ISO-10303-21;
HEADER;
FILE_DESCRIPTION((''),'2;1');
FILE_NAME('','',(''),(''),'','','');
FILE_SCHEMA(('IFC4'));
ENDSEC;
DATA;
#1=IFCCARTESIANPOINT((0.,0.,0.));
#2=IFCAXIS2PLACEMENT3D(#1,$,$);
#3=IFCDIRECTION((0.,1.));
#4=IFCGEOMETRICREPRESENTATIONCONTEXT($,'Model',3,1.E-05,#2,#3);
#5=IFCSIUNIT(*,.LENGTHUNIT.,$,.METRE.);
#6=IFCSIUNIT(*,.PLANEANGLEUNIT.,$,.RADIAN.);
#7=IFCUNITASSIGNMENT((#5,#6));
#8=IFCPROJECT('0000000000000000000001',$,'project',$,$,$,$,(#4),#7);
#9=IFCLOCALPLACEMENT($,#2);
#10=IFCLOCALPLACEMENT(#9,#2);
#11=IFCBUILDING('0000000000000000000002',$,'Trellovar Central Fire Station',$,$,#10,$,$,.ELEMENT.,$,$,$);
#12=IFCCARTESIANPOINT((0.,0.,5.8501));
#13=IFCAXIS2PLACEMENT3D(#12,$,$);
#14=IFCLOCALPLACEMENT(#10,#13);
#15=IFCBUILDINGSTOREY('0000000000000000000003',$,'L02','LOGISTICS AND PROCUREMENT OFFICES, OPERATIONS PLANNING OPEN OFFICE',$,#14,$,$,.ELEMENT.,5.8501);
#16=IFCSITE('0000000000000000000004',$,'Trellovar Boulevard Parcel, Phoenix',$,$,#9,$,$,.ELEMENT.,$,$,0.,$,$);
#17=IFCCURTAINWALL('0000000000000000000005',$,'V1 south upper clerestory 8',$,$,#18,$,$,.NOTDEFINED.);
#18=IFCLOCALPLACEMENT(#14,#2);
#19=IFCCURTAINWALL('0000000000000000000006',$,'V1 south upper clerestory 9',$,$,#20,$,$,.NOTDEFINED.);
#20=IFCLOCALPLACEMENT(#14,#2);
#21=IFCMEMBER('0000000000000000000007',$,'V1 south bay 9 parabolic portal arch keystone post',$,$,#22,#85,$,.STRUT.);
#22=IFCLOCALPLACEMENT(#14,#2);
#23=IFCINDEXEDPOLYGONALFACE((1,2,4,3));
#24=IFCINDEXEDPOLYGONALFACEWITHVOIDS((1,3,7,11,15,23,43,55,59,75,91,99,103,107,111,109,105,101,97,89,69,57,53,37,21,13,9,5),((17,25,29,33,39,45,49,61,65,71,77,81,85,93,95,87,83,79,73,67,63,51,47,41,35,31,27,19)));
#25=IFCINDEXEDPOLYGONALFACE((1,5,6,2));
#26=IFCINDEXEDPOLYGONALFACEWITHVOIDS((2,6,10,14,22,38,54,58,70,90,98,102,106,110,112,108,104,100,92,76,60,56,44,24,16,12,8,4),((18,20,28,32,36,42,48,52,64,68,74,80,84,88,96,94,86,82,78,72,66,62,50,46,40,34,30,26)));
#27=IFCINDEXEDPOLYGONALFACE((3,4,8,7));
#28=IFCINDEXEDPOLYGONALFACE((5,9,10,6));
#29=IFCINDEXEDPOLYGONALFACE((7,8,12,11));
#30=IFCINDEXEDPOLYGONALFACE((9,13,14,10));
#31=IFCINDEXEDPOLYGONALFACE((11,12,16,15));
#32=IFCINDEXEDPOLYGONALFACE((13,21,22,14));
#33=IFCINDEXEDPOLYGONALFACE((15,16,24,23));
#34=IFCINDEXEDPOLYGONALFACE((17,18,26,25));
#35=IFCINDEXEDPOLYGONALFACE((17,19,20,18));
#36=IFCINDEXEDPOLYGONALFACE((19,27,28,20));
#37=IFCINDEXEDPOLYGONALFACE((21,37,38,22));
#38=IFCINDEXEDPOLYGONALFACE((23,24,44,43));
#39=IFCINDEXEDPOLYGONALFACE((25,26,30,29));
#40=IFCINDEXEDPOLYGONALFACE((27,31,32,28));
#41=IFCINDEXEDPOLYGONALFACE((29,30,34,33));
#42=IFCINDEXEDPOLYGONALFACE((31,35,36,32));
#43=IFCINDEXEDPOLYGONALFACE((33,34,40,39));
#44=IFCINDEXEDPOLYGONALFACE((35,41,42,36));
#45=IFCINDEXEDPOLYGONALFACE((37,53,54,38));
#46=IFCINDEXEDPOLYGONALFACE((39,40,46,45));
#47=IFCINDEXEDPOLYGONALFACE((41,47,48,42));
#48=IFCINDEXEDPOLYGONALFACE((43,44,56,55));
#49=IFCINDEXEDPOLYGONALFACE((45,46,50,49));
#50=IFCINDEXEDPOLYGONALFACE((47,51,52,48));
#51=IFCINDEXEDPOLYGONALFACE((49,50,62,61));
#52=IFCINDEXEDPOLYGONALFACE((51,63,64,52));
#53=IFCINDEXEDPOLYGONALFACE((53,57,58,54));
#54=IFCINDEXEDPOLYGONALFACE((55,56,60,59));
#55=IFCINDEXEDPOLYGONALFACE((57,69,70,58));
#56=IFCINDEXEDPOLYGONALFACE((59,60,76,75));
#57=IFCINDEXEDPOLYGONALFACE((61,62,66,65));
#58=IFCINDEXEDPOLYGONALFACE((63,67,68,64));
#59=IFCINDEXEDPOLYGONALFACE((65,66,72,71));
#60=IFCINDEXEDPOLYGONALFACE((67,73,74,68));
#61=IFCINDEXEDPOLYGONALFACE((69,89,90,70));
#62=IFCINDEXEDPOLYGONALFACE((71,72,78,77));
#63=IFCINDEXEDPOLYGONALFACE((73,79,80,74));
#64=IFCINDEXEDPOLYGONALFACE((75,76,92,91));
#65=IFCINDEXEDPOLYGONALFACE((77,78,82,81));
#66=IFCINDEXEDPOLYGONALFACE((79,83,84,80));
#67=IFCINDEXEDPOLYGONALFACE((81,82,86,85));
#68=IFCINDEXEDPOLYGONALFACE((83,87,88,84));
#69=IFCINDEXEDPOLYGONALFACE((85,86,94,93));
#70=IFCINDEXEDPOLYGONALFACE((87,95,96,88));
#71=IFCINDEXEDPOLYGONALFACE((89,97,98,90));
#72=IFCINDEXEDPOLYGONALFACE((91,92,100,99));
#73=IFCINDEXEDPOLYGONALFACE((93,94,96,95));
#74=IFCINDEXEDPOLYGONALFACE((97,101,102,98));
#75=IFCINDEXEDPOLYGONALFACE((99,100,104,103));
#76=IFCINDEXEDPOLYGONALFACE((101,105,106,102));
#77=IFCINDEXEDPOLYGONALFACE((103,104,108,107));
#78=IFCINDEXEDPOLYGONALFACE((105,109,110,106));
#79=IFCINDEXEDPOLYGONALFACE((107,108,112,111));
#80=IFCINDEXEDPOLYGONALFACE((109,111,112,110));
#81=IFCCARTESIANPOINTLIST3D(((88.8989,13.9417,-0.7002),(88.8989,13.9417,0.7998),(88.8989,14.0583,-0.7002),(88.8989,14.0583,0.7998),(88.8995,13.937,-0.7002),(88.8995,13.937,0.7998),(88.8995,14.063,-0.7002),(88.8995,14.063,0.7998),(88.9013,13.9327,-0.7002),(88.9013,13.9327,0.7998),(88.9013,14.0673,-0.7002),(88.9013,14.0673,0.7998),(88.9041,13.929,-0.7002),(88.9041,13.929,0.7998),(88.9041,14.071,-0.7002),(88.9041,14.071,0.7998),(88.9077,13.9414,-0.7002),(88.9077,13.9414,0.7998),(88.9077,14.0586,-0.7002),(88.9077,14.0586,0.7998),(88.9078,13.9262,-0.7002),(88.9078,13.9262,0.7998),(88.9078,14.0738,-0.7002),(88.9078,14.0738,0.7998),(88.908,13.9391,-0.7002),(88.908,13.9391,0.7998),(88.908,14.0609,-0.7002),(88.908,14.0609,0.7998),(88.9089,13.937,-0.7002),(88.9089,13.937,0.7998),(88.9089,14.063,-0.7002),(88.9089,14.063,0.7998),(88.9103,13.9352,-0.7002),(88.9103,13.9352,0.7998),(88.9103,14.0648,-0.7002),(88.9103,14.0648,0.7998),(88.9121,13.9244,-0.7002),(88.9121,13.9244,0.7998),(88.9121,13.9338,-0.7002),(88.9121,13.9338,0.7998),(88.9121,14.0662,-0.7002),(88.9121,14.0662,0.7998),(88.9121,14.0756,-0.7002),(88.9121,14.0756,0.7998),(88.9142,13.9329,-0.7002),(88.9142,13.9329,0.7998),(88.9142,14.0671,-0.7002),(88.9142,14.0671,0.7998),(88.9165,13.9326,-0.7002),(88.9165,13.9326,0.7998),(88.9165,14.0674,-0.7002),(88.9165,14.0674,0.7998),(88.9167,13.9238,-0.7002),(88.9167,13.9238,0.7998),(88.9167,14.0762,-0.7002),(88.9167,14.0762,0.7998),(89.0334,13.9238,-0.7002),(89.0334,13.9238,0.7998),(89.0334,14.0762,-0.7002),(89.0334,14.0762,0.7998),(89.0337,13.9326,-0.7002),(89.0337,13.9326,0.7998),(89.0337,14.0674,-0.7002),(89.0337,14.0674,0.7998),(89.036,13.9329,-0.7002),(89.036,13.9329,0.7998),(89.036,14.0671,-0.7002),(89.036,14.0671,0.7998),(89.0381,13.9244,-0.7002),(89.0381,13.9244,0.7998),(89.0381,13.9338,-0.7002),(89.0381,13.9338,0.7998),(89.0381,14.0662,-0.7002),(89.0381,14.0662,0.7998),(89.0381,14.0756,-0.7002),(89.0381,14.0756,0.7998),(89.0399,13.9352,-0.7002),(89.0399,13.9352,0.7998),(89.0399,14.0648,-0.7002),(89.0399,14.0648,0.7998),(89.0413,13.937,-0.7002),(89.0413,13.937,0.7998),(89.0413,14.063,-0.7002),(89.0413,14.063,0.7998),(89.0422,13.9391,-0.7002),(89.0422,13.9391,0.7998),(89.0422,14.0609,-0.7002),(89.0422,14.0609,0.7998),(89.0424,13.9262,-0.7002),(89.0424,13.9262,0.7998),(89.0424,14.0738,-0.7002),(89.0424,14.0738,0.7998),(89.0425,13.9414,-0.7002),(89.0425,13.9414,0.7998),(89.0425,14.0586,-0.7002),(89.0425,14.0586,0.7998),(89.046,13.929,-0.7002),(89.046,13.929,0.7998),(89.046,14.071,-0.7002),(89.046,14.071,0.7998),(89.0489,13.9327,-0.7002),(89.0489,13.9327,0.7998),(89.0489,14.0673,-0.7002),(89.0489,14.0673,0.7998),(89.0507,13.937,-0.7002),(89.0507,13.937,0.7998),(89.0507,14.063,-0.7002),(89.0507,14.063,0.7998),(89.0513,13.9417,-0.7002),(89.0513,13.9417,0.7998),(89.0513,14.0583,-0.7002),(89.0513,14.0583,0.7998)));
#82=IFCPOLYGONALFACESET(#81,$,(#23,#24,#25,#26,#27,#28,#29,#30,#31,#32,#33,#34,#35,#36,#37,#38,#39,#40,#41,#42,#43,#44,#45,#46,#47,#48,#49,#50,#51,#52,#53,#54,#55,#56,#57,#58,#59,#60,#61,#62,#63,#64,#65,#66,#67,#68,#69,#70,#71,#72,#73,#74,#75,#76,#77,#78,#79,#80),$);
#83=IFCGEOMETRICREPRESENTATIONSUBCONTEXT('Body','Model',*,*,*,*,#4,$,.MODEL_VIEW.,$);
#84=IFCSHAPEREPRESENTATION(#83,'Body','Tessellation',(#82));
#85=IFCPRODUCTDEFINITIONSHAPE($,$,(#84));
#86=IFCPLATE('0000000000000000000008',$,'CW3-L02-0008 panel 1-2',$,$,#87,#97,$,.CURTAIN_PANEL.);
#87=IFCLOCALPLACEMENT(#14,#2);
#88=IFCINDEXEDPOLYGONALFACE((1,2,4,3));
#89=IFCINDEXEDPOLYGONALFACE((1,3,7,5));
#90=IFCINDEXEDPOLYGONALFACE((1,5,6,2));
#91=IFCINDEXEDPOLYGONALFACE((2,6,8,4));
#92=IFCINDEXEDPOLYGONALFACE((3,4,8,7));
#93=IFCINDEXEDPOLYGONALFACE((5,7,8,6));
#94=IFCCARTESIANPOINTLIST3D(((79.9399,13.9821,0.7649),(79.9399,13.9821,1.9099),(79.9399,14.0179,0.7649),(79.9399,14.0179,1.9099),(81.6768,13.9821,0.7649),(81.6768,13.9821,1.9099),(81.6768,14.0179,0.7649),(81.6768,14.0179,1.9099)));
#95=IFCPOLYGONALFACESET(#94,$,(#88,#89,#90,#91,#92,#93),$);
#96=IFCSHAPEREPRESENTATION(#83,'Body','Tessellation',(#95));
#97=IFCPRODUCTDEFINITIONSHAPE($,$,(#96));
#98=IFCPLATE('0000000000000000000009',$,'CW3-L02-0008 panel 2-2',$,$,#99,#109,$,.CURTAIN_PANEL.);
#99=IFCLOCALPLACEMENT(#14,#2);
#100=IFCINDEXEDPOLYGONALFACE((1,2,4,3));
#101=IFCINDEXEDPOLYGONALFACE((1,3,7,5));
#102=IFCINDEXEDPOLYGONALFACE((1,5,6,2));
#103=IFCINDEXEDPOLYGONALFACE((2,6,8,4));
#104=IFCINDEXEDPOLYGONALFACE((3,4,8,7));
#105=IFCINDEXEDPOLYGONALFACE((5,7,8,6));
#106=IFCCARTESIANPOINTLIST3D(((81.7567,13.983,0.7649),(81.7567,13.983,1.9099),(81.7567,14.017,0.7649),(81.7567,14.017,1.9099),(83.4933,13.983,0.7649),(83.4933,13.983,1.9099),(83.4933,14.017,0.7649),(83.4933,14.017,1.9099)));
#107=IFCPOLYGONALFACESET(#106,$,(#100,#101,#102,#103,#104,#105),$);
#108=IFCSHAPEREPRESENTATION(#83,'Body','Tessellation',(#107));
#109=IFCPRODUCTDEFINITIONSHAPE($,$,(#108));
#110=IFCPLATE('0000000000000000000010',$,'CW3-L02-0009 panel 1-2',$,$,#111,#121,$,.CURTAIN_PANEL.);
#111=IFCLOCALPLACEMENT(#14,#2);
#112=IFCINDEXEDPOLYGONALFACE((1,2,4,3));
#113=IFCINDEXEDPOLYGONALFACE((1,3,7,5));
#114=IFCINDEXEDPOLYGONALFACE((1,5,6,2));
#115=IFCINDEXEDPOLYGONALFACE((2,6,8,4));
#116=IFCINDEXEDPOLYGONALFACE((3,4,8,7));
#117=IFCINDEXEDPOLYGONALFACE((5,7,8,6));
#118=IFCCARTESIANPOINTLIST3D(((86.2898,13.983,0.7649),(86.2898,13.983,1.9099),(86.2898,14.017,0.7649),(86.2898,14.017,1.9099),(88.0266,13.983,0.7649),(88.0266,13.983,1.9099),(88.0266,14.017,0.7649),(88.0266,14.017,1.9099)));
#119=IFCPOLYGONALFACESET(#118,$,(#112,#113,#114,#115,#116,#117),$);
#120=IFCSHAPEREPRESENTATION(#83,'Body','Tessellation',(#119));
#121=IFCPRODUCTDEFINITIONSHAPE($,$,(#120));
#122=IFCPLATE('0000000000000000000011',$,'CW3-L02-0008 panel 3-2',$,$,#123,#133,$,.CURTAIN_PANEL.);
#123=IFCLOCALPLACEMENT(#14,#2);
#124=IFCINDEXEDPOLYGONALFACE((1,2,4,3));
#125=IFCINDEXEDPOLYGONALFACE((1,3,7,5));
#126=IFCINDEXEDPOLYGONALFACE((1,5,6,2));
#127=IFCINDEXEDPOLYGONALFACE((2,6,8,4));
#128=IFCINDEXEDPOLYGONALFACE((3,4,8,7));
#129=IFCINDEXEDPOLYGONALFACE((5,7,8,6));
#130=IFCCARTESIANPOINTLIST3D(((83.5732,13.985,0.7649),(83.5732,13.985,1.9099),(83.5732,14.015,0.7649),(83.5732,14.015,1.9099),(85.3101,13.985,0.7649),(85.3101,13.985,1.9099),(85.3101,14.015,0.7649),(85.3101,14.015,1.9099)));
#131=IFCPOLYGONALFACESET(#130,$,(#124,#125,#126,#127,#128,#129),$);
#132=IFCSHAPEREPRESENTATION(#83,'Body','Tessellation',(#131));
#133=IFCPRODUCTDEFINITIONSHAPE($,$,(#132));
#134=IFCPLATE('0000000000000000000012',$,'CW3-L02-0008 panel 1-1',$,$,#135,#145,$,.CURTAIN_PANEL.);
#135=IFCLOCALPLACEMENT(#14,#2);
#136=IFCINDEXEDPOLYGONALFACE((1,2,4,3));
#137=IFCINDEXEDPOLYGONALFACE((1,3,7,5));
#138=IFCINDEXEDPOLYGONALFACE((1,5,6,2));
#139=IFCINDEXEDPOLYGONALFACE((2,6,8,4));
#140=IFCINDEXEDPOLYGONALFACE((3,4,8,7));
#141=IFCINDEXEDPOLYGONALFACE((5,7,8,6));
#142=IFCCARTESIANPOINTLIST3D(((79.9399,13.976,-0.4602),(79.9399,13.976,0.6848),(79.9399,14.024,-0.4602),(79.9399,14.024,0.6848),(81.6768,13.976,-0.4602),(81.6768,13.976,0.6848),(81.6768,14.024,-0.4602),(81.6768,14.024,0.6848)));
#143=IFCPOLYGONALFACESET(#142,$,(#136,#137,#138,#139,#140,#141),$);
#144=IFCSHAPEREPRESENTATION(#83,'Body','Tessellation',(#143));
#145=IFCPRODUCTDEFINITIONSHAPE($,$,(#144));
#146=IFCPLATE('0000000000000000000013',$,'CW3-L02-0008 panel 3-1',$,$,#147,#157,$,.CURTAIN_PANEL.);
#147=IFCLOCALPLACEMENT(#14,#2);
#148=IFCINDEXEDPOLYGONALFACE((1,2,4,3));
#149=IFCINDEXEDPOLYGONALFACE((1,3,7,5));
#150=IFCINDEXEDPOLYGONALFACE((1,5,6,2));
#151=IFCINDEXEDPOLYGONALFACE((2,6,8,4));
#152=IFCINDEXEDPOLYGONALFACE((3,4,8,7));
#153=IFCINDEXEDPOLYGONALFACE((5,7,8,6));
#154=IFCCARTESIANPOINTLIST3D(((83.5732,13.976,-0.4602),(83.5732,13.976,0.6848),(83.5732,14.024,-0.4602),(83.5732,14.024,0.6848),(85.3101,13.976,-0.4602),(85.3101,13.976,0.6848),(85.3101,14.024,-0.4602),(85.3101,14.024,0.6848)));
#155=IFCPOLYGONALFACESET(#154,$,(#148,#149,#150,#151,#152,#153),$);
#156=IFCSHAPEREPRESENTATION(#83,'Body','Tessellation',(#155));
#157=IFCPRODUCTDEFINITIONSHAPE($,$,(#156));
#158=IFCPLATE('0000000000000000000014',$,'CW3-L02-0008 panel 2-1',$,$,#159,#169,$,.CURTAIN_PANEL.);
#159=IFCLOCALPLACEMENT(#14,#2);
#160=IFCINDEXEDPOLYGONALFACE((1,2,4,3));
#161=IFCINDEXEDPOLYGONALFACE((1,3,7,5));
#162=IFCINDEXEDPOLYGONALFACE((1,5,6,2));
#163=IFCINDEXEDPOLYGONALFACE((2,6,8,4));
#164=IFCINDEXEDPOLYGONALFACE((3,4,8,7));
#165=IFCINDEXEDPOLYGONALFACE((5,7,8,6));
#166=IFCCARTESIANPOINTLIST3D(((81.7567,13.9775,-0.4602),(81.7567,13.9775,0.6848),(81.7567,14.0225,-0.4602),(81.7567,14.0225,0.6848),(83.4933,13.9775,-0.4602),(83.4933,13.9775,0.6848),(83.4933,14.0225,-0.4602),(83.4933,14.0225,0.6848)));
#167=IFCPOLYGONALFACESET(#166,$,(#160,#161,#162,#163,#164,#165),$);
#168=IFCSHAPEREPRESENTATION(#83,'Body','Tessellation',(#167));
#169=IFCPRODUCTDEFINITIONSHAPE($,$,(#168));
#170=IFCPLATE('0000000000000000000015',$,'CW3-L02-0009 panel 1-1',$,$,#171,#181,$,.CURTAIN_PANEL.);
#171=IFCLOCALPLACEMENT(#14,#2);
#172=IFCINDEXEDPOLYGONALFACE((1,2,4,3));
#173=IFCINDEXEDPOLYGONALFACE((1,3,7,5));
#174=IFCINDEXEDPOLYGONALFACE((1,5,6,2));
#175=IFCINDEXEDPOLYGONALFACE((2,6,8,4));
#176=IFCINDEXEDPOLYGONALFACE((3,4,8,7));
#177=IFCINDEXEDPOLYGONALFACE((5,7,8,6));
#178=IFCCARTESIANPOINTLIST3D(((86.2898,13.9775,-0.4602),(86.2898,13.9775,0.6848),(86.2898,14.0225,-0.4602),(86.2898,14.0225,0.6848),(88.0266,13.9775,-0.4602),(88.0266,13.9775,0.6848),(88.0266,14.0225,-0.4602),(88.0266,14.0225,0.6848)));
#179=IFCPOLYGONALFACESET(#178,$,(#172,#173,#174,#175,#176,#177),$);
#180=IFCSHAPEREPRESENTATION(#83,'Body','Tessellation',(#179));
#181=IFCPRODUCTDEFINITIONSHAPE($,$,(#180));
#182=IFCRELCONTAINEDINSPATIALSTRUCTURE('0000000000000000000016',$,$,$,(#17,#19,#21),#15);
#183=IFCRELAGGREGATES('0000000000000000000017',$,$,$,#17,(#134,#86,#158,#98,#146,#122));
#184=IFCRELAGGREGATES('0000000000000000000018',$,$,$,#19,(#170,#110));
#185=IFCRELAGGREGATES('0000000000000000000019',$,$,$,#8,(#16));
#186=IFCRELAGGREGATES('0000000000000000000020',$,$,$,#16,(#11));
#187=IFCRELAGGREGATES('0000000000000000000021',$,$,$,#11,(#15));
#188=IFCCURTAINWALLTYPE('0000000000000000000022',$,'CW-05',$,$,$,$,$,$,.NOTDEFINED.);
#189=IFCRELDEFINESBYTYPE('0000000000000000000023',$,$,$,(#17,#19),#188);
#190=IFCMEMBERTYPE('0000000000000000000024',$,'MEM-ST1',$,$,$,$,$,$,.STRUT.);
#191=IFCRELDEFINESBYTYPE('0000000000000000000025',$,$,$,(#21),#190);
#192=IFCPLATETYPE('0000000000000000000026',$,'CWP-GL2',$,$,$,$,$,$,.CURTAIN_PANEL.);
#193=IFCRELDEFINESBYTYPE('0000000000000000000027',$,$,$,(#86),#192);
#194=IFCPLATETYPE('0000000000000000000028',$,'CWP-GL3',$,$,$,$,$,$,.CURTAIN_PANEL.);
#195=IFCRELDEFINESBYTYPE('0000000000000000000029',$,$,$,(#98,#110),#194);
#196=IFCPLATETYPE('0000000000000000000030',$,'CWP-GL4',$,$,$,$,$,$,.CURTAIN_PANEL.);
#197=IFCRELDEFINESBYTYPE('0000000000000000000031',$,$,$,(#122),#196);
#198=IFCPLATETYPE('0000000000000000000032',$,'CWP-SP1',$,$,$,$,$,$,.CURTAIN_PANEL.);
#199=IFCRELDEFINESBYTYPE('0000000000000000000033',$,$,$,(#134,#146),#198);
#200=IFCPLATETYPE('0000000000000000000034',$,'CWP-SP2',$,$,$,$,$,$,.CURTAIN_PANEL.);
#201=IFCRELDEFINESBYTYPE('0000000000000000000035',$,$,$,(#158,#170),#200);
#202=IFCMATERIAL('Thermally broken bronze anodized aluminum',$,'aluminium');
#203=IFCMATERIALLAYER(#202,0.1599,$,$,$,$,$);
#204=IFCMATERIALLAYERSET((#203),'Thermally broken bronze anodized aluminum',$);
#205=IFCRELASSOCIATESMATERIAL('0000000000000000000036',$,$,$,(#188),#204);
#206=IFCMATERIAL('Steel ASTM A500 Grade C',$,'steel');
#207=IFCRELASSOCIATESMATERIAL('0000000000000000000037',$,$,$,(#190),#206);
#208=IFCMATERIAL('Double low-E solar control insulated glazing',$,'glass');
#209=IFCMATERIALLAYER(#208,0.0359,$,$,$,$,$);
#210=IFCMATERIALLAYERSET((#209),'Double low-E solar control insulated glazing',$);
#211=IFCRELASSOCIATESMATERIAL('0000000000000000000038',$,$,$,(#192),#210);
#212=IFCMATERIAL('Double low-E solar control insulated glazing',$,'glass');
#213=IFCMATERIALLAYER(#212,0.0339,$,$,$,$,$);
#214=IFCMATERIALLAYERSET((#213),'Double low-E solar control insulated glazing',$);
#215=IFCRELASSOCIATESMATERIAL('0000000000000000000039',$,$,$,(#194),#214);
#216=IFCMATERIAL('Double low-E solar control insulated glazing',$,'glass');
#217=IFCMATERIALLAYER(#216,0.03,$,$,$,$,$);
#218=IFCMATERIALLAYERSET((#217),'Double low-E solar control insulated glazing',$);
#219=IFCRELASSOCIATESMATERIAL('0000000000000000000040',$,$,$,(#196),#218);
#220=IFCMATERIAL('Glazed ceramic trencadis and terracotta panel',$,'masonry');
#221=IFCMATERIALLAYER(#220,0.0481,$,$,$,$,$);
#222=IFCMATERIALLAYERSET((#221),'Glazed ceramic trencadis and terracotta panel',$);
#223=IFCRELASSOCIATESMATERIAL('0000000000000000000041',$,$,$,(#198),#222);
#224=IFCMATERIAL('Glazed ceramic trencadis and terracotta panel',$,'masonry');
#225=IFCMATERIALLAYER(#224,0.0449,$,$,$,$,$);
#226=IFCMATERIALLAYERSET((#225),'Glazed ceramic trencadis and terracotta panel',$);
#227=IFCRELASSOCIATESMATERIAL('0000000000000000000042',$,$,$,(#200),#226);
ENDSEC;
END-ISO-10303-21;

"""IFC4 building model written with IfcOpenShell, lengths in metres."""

from ifc_helpers import new_model, si_unit, direction, frame, origin, origin_2d, place, context, subcontext, project, spatial, rectangle, hollow_rectangle, extrude, material, layer, layer_set, material_profile, profile_set, type_object, element, aggregate, save


model = new_model("IFC4")

# Units and contexts
model_context = context("Model", 3, precision=1e-05, world=origin(), true_north=direction((0.0, 1.0)))
body_context = subcontext(model_context, "Body", "Model", "MODEL_VIEW")
ifc_project = project(units=[si_unit("LENGTHUNIT", "METRE"), si_unit("PLANEANGLEUNIT", "RADIAN")], contexts=[model_context])

# Site, building, storey
site_placement = place(None, origin())
site = spatial("IfcSite", under=ifc_project, at=site_placement, Name="Trellovar Boulevard Parcel, Phoenix", CompositionType="ELEMENT", RefElevation=0.0)
building_placement = place(site_placement, origin())
building = spatial("IfcBuilding", under=site, at=building_placement, Name="Trellovar Central Fire Station", CompositionType="ELEMENT")
storey_placement = place(building_placement, frame((0.0, 0.0, 5.8501)))
storey = spatial("IfcBuildingStorey", under=building, at=storey_placement, Name="L02", Description="LOGISTICS AND PROCUREMENT OFFICES, OPERATIONS PLANNING OPEN OFFICE", CompositionType="ELEMENT", Elevation=5.8501)

# Curtain walls
ifc_material_1 = material(Name="Thermally broken bronze anodized aluminum", Category="aluminium")
ifc_layer_1 = layer(ifc_material_1, 0.1599)
ifc_layer_set_1 = layer_set([ifc_layer_1], Name="Thermally broken bronze anodized aluminum")
curtain_wall_type = type_object("IfcCurtainWallType", Name="CW-05", PredefinedType="NOTDEFINED", material=ifc_layer_set_1)
curtain_wall_1_placement = place(storey_placement, origin())
curtain_wall_1 = element("IfcCurtainWall", 1, at=curtain_wall_1_placement, inside=storey, type_object=curtain_wall_type, Name="V1 south upper clerestory 8", PredefinedType="NOTDEFINED")
curtain_wall_2_placement = place(storey_placement, origin())
curtain_wall_2 = element("IfcCurtainWall", 2, at=curtain_wall_2_placement, inside=storey, type_object=curtain_wall_type, Name="V1 south upper clerestory 9", PredefinedType="NOTDEFINED")

# Member
ifc_material_2 = material(Name="Steel ASTM A500 Grade C", Category="steel")
ifc_material_profile_1 = material_profile(ifc_material_2, hollow_rectangle(XDim=0.1523, YDim=0.1523, WallThickness=0.0088, InnerFilletRadius=0.0088, OuterFilletRadius=0.0178, at=origin_2d()), Name="HSS6X6X3/8")
ifc_profile_set_1 = profile_set([ifc_material_profile_1], Name="Steel ASTM A500 Grade C")
member_type_1 = type_object("IfcMemberType", Name="MEM-ST1", PredefinedType="STRUT", material=ifc_profile_set_1)
for number, where, z_axis, x_axis, name in (
    (3, (88.9751, 14.0, -0.7002), (0.0, 0.0, 1.0), (1.0, 0.0, 0.0), "V1 south bay 9 parabolic portal arch keystone post"),
):
    element("IfcMember", number, at=place(storey_placement, frame(where, z_axis=z_axis, x_axis=x_axis)), inside=storey, type_object=member_type_1, Name=name, PredefinedType="STRUT", context=body_context, shape_type="SweptSolid", body=[
        extrude(hollow_rectangle(XDim=0.1523, YDim=0.1523, WallThickness=0.0088, InnerFilletRadius=0.0088, OuterFilletRadius=0.0178, at=origin_2d()), origin(), (0.0, 0.0, 1.0), 1.5),
    ])

# Plates
ifc_material_3 = material(Name="Double low-E solar control insulated glazing", Category="glass")
ifc_layer_2 = layer(ifc_material_3, 0.0359)
ifc_layer_set_2 = layer_set([ifc_layer_2], Name="Double low-E solar control insulated glazing")
plate_type_1 = type_object("IfcPlateType", Name="CWP-GL2", PredefinedType="CURTAIN_PANEL", material=ifc_layer_set_2)
plate_1_placement = place(storey_placement, frame((80.8083, 14.0, 0.7649), z_axis=(0.0, 0.0, 1.0), x_axis=(1.0, 0.0, 0.0)))
plate_1 = element("IfcPlate", 4, at=plate_1_placement, type_object=plate_type_1, Name="CW3-L02-0008 panel 1-2", PredefinedType="CURTAIN_PANEL", context=body_context, shape_type="SweptSolid", body=[
    extrude(rectangle(XDim=1.7368, YDim=0.0359, at=origin_2d()), origin(), (0.0, 0.0, 1.0), 1.145),
])
ifc_material_4 = material(Name="Double low-E solar control insulated glazing", Category="glass")
ifc_layer_3 = layer(ifc_material_4, 0.0339)
ifc_layer_set_3 = layer_set([ifc_layer_3], Name="Double low-E solar control insulated glazing")
plate_type_2 = type_object("IfcPlateType", Name="CWP-GL3", PredefinedType="CURTAIN_PANEL", material=ifc_layer_set_3)
plate_2_placement = place(storey_placement, frame((82.625, 14.0, 0.7649), z_axis=(0.0, 0.0, 1.0), x_axis=(1.0, 0.0, 0.0)))
plate_2 = element("IfcPlate", 5, at=plate_2_placement, type_object=plate_type_2, Name="CW3-L02-0008 panel 2-2", PredefinedType="CURTAIN_PANEL", context=body_context, shape_type="SweptSolid", body=[
    extrude(rectangle(XDim=1.7366, YDim=0.0339, at=origin_2d()), origin(), (0.0, 0.0, 1.0), 1.145),
])
plate_3_placement = place(storey_placement, frame((87.1582, 14.0, 0.7649), z_axis=(0.0, 0.0, 1.0), x_axis=(1.0, 0.0, 0.0)))
plate_3 = element("IfcPlate", 6, at=plate_3_placement, type_object=plate_type_2, Name="CW3-L02-0009 panel 1-2", PredefinedType="CURTAIN_PANEL", context=body_context, shape_type="SweptSolid", body=[
    extrude(rectangle(XDim=1.7368, YDim=0.0339, at=origin_2d()), origin(), (0.0, 0.0, 1.0), 1.145),
])
ifc_material_5 = material(Name="Double low-E solar control insulated glazing", Category="glass")
ifc_layer_4 = layer(ifc_material_5, 0.03)
ifc_layer_set_4 = layer_set([ifc_layer_4], Name="Double low-E solar control insulated glazing")
plate_type_3 = type_object("IfcPlateType", Name="CWP-GL4", PredefinedType="CURTAIN_PANEL", material=ifc_layer_set_4)
plate_4_placement = place(storey_placement, frame((84.4417, 14.0, 0.7649), z_axis=(0.0, 0.0, 1.0), x_axis=(1.0, 0.0, 0.0)))
plate_4 = element("IfcPlate", 7, at=plate_4_placement, type_object=plate_type_3, Name="CW3-L02-0008 panel 3-2", PredefinedType="CURTAIN_PANEL", context=body_context, shape_type="SweptSolid", body=[
    extrude(rectangle(XDim=1.7368, YDim=0.03, at=origin_2d()), origin(), (0.0, 0.0, 1.0), 1.145),
])
ifc_material_6 = material(Name="Glazed ceramic trencadis and terracotta panel", Category="masonry")
ifc_layer_5 = layer(ifc_material_6, 0.0481)
ifc_layer_set_5 = layer_set([ifc_layer_5], Name="Glazed ceramic trencadis and terracotta panel")
plate_type_4 = type_object("IfcPlateType", Name="CWP-SP1", PredefinedType="CURTAIN_PANEL", material=ifc_layer_set_5)
plate_5_placement = place(storey_placement, frame((80.8083, 14.0, -0.4602), z_axis=(0.0, 0.0, 1.0), x_axis=(1.0, 0.0, 0.0)))
plate_5 = element("IfcPlate", 8, at=plate_5_placement, type_object=plate_type_4, Name="CW3-L02-0008 panel 1-1", PredefinedType="CURTAIN_PANEL", context=body_context, shape_type="SweptSolid", body=[
    extrude(rectangle(XDim=1.7368, YDim=0.0481, at=origin_2d()), origin(), (0.0, 0.0, 1.0), 1.145),
])
plate_6_placement = place(storey_placement, frame((84.4417, 14.0, -0.4602), z_axis=(0.0, 0.0, 1.0), x_axis=(1.0, 0.0, 0.0)))
plate_6 = element("IfcPlate", 9, at=plate_6_placement, type_object=plate_type_4, Name="CW3-L02-0008 panel 3-1", PredefinedType="CURTAIN_PANEL", context=body_context, shape_type="SweptSolid", body=[
    extrude(rectangle(XDim=1.7368, YDim=0.0481, at=origin_2d()), origin(), (0.0, 0.0, 1.0), 1.145),
])
ifc_material_7 = material(Name="Glazed ceramic trencadis and terracotta panel", Category="masonry")
ifc_layer_6 = layer(ifc_material_7, 0.0449)
ifc_layer_set_6 = layer_set([ifc_layer_6], Name="Glazed ceramic trencadis and terracotta panel")
plate_type_5 = type_object("IfcPlateType", Name="CWP-SP2", PredefinedType="CURTAIN_PANEL", material=ifc_layer_set_6)
plate_7_placement = place(storey_placement, frame((82.625, 14.0, -0.4602), z_axis=(0.0, 0.0, 1.0), x_axis=(1.0, 0.0, 0.0)))
plate_7 = element("IfcPlate", 10, at=plate_7_placement, type_object=plate_type_5, Name="CW3-L02-0008 panel 2-1", PredefinedType="CURTAIN_PANEL", context=body_context, shape_type="SweptSolid", body=[
    extrude(rectangle(XDim=1.7366, YDim=0.0449, at=origin_2d()), origin(), (0.0, 0.0, 1.0), 1.145),
])
aggregate(curtain_wall_1, [plate_5, plate_1, plate_7, plate_2, plate_6, plate_4])
plate_8_placement = place(storey_placement, frame((87.1582, 14.0, -0.4602), z_axis=(0.0, 0.0, 1.0), x_axis=(1.0, 0.0, 0.0)))
plate_8 = element("IfcPlate", 11, at=plate_8_placement, type_object=plate_type_5, Name="CW3-L02-0009 panel 1-1", PredefinedType="CURTAIN_PANEL", context=body_context, shape_type="SweptSolid", body=[
    extrude(rectangle(XDim=1.7368, YDim=0.0449, at=origin_2d()), origin(), (0.0, 0.0, 1.0), 1.145),
])
aggregate(curtain_wall_2, [plate_8, plate_3])

save(model, "model.ifc")
